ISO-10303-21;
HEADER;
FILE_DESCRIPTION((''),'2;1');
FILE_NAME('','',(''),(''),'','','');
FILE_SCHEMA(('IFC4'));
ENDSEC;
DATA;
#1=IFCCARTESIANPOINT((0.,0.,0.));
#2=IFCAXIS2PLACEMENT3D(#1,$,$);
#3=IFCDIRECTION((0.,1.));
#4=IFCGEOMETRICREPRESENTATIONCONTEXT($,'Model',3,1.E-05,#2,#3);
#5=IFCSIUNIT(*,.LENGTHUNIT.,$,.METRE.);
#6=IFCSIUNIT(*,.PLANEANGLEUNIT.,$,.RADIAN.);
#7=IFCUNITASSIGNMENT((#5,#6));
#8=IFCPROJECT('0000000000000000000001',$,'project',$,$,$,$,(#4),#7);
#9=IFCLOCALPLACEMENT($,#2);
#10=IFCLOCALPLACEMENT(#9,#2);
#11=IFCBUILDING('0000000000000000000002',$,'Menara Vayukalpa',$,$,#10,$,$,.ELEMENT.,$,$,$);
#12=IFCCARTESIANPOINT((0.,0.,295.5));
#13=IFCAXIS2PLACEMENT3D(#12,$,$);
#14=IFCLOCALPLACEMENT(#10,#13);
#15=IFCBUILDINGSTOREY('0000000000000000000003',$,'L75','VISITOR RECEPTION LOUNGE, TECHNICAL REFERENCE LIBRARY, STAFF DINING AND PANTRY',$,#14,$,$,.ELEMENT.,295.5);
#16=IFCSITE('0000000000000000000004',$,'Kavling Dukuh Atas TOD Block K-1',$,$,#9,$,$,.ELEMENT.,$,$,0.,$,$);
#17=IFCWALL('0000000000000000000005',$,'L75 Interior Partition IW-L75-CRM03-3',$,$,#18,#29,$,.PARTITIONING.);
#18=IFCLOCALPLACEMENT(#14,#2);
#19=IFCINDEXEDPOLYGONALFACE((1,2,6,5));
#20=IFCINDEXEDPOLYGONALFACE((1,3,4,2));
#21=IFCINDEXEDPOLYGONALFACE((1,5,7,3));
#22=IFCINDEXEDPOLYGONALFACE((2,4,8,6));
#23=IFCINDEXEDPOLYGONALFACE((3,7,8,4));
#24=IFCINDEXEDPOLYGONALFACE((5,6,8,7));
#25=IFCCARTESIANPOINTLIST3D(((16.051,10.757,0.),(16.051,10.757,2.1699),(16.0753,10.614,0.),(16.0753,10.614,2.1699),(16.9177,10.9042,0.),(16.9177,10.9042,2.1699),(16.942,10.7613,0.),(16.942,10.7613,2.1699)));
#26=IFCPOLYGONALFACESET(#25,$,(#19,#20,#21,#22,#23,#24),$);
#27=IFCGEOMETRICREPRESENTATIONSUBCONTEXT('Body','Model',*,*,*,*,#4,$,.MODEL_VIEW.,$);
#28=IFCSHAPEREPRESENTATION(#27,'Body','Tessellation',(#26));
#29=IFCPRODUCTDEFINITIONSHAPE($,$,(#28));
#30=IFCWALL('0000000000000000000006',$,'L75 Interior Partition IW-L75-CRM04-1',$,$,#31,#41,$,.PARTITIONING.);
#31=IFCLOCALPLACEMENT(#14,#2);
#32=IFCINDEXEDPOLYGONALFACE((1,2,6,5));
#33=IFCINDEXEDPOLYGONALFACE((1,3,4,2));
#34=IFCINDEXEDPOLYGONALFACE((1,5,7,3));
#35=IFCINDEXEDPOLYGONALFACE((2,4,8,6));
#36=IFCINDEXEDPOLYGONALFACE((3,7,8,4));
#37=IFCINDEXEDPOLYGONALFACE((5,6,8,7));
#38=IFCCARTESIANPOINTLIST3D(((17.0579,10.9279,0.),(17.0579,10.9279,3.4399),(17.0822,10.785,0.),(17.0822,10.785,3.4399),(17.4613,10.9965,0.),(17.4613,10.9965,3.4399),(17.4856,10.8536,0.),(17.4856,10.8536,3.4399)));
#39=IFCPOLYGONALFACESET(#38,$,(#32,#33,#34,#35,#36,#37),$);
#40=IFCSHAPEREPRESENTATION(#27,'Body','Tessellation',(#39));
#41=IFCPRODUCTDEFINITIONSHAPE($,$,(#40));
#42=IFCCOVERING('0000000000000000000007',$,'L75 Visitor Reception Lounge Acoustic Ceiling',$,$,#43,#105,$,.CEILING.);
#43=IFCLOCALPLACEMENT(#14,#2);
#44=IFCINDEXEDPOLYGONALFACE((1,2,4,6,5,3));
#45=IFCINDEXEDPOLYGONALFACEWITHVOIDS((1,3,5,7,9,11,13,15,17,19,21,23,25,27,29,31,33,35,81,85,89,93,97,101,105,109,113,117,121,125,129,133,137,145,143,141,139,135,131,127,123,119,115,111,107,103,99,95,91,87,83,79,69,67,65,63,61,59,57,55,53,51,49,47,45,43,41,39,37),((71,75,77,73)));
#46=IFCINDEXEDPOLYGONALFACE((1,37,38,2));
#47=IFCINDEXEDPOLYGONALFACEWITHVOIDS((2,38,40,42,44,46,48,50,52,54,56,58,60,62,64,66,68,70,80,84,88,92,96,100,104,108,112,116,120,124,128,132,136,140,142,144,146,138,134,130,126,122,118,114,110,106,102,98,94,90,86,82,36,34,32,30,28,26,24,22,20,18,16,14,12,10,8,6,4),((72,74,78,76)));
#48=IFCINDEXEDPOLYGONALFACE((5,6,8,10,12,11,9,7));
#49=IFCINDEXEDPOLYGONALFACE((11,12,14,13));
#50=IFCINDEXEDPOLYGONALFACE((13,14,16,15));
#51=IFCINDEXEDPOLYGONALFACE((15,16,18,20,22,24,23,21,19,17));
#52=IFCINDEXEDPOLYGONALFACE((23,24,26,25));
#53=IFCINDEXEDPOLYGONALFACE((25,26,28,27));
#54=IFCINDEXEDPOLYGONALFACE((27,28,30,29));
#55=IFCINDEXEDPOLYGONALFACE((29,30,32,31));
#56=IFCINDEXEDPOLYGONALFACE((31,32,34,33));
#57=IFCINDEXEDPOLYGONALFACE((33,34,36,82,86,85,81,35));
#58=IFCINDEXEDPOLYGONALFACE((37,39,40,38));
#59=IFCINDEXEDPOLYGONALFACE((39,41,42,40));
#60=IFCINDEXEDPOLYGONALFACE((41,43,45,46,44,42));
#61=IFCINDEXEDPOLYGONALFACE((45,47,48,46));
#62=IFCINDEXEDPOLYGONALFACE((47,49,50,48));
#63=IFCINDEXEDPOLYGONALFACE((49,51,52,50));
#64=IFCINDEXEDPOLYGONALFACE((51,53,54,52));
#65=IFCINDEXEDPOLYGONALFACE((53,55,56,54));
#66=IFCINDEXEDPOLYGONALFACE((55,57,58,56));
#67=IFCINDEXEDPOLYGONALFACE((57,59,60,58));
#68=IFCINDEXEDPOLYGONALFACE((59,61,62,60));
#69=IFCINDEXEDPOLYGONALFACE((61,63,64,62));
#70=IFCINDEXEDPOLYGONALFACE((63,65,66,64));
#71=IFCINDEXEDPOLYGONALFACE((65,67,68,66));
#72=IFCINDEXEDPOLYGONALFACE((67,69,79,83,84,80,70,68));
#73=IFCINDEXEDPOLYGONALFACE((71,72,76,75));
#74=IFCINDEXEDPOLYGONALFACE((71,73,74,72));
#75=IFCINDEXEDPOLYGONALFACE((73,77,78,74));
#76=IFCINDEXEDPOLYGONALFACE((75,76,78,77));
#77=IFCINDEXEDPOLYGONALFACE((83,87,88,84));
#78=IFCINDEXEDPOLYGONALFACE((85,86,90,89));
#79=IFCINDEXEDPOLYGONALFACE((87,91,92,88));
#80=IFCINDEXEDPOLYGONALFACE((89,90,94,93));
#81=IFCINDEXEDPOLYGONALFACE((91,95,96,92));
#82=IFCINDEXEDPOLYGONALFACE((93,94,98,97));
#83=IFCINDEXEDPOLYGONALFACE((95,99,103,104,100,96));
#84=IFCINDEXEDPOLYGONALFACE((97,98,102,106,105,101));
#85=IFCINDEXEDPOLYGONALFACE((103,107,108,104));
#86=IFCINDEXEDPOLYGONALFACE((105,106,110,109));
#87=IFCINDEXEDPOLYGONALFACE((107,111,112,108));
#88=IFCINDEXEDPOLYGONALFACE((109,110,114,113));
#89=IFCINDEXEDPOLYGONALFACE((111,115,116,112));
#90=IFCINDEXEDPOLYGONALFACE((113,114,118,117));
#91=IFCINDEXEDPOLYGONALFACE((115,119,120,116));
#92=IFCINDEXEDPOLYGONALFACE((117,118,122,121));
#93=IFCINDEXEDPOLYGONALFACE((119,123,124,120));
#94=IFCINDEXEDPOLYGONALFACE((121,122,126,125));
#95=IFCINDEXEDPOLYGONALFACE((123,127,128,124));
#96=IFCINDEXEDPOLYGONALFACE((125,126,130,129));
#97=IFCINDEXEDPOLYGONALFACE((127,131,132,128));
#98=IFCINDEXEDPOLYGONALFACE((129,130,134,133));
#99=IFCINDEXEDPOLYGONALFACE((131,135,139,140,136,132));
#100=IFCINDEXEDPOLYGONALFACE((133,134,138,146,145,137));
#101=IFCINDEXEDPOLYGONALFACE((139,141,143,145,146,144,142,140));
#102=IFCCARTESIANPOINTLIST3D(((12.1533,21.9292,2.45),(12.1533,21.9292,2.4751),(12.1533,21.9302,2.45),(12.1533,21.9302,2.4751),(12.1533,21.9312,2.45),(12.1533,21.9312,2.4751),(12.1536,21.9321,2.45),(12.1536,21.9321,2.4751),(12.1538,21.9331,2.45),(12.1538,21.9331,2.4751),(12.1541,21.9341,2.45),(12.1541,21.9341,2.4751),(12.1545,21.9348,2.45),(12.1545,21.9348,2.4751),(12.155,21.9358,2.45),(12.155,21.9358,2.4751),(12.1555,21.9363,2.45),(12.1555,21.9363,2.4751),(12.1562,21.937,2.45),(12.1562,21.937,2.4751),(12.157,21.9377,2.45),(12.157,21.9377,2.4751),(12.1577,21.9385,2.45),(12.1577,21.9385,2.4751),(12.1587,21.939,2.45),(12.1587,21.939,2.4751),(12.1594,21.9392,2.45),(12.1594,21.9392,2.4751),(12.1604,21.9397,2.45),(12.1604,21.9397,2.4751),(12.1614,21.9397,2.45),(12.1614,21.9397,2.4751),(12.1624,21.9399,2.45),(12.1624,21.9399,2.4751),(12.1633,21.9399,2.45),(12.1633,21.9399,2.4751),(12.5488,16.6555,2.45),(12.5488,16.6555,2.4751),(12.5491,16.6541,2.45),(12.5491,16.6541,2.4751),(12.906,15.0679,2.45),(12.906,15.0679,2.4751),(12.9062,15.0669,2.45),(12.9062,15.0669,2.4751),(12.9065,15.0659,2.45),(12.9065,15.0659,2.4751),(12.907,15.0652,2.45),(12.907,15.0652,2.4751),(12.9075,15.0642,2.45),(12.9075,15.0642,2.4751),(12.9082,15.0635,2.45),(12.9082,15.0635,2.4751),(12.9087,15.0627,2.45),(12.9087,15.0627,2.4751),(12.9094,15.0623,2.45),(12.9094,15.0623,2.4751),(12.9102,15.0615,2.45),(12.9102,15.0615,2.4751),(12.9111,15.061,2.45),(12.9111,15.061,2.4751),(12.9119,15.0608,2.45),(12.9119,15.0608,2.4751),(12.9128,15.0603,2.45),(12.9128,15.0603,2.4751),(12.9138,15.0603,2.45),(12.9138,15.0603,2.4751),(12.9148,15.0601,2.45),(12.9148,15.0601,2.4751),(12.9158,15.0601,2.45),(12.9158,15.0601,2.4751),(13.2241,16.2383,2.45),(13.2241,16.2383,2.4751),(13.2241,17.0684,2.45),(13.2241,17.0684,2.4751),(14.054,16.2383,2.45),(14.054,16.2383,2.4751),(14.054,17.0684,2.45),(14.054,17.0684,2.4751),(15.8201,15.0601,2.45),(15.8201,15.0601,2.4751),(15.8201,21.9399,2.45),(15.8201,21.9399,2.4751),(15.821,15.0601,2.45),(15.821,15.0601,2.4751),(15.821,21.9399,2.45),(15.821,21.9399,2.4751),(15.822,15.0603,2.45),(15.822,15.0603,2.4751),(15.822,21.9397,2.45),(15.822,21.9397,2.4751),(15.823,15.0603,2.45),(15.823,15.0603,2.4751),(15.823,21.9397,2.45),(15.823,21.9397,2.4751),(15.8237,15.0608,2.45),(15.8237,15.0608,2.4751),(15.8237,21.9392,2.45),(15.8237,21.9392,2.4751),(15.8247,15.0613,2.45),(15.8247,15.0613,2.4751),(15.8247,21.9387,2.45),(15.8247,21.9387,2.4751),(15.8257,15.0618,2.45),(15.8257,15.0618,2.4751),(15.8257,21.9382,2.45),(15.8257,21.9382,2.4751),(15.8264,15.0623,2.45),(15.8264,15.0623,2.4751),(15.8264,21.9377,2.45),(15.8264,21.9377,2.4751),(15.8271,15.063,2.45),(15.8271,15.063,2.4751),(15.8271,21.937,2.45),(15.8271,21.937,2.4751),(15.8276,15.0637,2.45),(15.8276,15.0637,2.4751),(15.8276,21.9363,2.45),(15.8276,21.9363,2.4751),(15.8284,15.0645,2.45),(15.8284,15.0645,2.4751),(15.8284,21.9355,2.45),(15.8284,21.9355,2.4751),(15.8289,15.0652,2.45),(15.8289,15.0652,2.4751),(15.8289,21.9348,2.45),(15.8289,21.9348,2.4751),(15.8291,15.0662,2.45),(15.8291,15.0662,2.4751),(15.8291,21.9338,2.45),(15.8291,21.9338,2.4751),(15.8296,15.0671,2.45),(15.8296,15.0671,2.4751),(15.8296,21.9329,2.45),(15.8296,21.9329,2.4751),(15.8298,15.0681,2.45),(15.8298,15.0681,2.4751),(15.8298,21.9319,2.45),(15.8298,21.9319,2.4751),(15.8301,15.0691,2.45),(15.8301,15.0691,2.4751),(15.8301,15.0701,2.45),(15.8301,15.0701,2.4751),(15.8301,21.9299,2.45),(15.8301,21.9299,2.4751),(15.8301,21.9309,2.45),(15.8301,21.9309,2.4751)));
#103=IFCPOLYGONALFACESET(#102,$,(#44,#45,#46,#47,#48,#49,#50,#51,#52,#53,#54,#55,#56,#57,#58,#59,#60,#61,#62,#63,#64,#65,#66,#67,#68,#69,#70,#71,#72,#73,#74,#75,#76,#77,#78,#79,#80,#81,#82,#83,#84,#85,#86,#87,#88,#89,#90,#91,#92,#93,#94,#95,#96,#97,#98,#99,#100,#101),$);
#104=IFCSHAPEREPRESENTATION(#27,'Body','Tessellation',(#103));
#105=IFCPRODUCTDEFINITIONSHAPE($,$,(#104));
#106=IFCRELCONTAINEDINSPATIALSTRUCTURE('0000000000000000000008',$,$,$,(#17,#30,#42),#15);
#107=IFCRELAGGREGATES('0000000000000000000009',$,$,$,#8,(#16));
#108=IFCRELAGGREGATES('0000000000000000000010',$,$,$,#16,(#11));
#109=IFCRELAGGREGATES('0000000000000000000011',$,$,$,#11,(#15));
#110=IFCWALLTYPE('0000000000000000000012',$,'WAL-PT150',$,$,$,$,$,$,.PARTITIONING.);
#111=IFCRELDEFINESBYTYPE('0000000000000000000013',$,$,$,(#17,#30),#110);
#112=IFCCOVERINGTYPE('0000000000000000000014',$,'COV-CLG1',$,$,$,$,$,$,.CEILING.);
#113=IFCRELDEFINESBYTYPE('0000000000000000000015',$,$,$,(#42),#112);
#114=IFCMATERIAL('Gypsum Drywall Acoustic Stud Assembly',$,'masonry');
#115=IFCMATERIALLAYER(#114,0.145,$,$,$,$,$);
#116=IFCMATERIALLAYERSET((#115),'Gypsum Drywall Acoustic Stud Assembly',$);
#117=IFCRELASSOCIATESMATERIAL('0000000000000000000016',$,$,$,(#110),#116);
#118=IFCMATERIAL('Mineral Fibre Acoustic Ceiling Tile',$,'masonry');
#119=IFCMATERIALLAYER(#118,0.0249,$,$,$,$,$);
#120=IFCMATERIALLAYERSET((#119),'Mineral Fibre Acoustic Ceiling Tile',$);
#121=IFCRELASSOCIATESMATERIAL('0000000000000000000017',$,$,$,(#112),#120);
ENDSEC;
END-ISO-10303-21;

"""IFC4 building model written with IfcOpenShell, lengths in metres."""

from ifc_helpers import new_model, si_unit, direction, frame, frame_2d, origin, place, context, subcontext, project, spatial, polyline, rectangle, outline, extrude, material, layer, layer_set, type_object, element, save


model = new_model("IFC4")

# Units and contexts
model_context = context("Model", 3, precision=1e-05, world=origin(), true_north=direction((0.0, 1.0)))
body_context = subcontext(model_context, "Body", "Model", "MODEL_VIEW")
ifc_project = project(units=[si_unit("LENGTHUNIT", "METRE"), si_unit("PLANEANGLEUNIT", "RADIAN")], contexts=[model_context])

# Site, building, storey
site_placement = place(None, origin())
site = spatial("IfcSite", under=ifc_project, at=site_placement, Name="Kavling Dukuh Atas TOD Block K-1", CompositionType="ELEMENT", RefElevation=0.0)
building_placement = place(site_placement, origin())
building = spatial("IfcBuilding", under=site, at=building_placement, Name="Menara Vayukalpa", CompositionType="ELEMENT")
storey_placement = place(building_placement, frame((0.0, 0.0, 295.5)))
storey = spatial("IfcBuildingStorey", under=building, at=storey_placement, Name="L75", Description="VISITOR RECEPTION LOUNGE, TECHNICAL REFERENCE LIBRARY, STAFF DINING AND PANTRY", CompositionType="ELEMENT", Elevation=295.5)

# Shared definitions
ifc_material_1 = material(Name="Gypsum Drywall Acoustic Stud Assembly", Category="masonry")
ifc_layer_1 = layer(ifc_material_1, 0.145)
ifc_layer_set_1 = layer_set([ifc_layer_1], Name="Gypsum Drywall Acoustic Stud Assembly")
wall_type_1 = type_object("IfcWallType", Name="WAL-PT150", PredefinedType="PARTITIONING", material=ifc_layer_set_1)

# Walls
wall_1_placement = place(storey_placement, frame((16.0632, 10.6855, 0.0), z_axis=(0.0, 0.0, 1.0), x_axis=(0.985879, 0.167461, 0.0)))
element("IfcWall", 1, at=wall_1_placement, inside=storey, type_object=wall_type_1, Name="L75 Interior Partition IW-L75-CRM03-3", PredefinedType="PARTITIONING", context=body_context, shape_type="SweptSolid", body=[
    extrude(rectangle(XDim=0.8792, YDim=0.145, at=frame_2d((0.4395, 0.0))), origin(), (0.0, 0.0, 1.0), 2.1699),
])
wall_2_placement = place(storey_placement, frame((17.0701, 10.8564, 0.0), z_axis=(0.0, 0.0, 1.0), x_axis=(0.98584, 0.167688, 0.0)))
element("IfcWall", 2, at=wall_2_placement, inside=storey, type_object=wall_type_1, Name="L75 Interior Partition IW-L75-CRM04-1", PredefinedType="PARTITIONING", context=body_context, shape_type="SweptSolid", body=[
    extrude(rectangle(XDim=0.4092, YDim=0.145, at=frame_2d((0.2046, 0.0))), origin(), (0.0, 0.0, 1.0), 3.4399),
])

# Covering
ifc_material_2 = material(Name="Mineral Fibre Acoustic Ceiling Tile", Category="masonry")
ifc_layer_2 = layer(ifc_material_2, 0.0249)
ifc_layer_set_2 = layer_set([ifc_layer_2], Name="Mineral Fibre Acoustic Ceiling Tile")
covering_type_1 = type_object("IfcCoveringType", Name="COV-CLG1", PredefinedType="CEILING", material=ifc_layer_set_2)
covering_1_placement = place(storey_placement, frame((0.0, 0.0, 2.45)))
element("IfcCovering", 3, at=covering_1_placement, inside=storey, type_object=covering_type_1, Name="L75 Visitor Reception Lounge Acoustic Ceiling", PredefinedType="CEILING", context=body_context, shape_type="SweptSolid", body=[
    extrude(outline(polyline([(12.1533, 21.9292), (12.1533, 21.9302), (12.1533, 21.9312), (12.1536, 21.9321), (12.1538, 21.9331), (12.1541, 21.9341), (12.1545, 21.9348), (12.155, 21.9358), (12.1555, 21.9363), (12.1562, 21.937), (12.157, 21.9377), (12.1577, 21.9385), (12.1587, 21.939), (12.1594, 21.9392), (12.1604, 21.9397), (12.1614, 21.9397), (12.1624, 21.9399), (12.1633, 21.9399), (15.8201, 21.9399), (15.821, 21.9399), (15.822, 21.9397), (15.823, 21.9397), (15.8237, 21.9392), (15.8247, 21.9387), (15.8257, 21.9382), (15.8264, 21.9377), (15.8271, 21.937), (15.8276, 21.9363), (15.8284, 21.9355), (15.8289, 21.9348), (15.8291, 21.9338), (15.8296, 21.9329), (15.8298, 21.9319), (15.8301, 21.9309), (15.8301, 21.9299), (15.8301, 15.0701), (15.8301, 15.0691), (15.8298, 15.0681), (15.8296, 15.0671), (15.8291, 15.0662), (15.8289, 15.0652), (15.8284, 15.0645), (15.8276, 15.0637), (15.8271, 15.063), (15.8264, 15.0623), (15.8257, 15.0618), (15.8247, 15.0613), (15.8237, 15.0608), (15.823, 15.0603), (15.822, 15.0603), (15.821, 15.0601), (15.8201, 15.0601), (12.9158, 15.0601), (12.9148, 15.0601), (12.9138, 15.0603), (12.9128, 15.0603), (12.9119, 15.0608), (12.9111, 15.061), (12.9102, 15.0615), (12.9094, 15.0623), (12.9087, 15.0627), (12.9082, 15.0635), (12.9075, 15.0642), (12.907, 15.0652), (12.9065, 15.0659), (12.9062, 15.0669), (12.906, 15.0679), (12.5491, 16.6541), (12.5488, 16.6555), (12.1533, 21.9292)]), holes=[polyline([(14.054, 17.0684), (13.2241, 17.0684), (13.2241, 16.2383), (14.054, 16.2383), (14.054, 17.0684)])]), origin(), (0.0, 0.0, 1.0), 0.0251),
])

save(model, "model.ifc")
